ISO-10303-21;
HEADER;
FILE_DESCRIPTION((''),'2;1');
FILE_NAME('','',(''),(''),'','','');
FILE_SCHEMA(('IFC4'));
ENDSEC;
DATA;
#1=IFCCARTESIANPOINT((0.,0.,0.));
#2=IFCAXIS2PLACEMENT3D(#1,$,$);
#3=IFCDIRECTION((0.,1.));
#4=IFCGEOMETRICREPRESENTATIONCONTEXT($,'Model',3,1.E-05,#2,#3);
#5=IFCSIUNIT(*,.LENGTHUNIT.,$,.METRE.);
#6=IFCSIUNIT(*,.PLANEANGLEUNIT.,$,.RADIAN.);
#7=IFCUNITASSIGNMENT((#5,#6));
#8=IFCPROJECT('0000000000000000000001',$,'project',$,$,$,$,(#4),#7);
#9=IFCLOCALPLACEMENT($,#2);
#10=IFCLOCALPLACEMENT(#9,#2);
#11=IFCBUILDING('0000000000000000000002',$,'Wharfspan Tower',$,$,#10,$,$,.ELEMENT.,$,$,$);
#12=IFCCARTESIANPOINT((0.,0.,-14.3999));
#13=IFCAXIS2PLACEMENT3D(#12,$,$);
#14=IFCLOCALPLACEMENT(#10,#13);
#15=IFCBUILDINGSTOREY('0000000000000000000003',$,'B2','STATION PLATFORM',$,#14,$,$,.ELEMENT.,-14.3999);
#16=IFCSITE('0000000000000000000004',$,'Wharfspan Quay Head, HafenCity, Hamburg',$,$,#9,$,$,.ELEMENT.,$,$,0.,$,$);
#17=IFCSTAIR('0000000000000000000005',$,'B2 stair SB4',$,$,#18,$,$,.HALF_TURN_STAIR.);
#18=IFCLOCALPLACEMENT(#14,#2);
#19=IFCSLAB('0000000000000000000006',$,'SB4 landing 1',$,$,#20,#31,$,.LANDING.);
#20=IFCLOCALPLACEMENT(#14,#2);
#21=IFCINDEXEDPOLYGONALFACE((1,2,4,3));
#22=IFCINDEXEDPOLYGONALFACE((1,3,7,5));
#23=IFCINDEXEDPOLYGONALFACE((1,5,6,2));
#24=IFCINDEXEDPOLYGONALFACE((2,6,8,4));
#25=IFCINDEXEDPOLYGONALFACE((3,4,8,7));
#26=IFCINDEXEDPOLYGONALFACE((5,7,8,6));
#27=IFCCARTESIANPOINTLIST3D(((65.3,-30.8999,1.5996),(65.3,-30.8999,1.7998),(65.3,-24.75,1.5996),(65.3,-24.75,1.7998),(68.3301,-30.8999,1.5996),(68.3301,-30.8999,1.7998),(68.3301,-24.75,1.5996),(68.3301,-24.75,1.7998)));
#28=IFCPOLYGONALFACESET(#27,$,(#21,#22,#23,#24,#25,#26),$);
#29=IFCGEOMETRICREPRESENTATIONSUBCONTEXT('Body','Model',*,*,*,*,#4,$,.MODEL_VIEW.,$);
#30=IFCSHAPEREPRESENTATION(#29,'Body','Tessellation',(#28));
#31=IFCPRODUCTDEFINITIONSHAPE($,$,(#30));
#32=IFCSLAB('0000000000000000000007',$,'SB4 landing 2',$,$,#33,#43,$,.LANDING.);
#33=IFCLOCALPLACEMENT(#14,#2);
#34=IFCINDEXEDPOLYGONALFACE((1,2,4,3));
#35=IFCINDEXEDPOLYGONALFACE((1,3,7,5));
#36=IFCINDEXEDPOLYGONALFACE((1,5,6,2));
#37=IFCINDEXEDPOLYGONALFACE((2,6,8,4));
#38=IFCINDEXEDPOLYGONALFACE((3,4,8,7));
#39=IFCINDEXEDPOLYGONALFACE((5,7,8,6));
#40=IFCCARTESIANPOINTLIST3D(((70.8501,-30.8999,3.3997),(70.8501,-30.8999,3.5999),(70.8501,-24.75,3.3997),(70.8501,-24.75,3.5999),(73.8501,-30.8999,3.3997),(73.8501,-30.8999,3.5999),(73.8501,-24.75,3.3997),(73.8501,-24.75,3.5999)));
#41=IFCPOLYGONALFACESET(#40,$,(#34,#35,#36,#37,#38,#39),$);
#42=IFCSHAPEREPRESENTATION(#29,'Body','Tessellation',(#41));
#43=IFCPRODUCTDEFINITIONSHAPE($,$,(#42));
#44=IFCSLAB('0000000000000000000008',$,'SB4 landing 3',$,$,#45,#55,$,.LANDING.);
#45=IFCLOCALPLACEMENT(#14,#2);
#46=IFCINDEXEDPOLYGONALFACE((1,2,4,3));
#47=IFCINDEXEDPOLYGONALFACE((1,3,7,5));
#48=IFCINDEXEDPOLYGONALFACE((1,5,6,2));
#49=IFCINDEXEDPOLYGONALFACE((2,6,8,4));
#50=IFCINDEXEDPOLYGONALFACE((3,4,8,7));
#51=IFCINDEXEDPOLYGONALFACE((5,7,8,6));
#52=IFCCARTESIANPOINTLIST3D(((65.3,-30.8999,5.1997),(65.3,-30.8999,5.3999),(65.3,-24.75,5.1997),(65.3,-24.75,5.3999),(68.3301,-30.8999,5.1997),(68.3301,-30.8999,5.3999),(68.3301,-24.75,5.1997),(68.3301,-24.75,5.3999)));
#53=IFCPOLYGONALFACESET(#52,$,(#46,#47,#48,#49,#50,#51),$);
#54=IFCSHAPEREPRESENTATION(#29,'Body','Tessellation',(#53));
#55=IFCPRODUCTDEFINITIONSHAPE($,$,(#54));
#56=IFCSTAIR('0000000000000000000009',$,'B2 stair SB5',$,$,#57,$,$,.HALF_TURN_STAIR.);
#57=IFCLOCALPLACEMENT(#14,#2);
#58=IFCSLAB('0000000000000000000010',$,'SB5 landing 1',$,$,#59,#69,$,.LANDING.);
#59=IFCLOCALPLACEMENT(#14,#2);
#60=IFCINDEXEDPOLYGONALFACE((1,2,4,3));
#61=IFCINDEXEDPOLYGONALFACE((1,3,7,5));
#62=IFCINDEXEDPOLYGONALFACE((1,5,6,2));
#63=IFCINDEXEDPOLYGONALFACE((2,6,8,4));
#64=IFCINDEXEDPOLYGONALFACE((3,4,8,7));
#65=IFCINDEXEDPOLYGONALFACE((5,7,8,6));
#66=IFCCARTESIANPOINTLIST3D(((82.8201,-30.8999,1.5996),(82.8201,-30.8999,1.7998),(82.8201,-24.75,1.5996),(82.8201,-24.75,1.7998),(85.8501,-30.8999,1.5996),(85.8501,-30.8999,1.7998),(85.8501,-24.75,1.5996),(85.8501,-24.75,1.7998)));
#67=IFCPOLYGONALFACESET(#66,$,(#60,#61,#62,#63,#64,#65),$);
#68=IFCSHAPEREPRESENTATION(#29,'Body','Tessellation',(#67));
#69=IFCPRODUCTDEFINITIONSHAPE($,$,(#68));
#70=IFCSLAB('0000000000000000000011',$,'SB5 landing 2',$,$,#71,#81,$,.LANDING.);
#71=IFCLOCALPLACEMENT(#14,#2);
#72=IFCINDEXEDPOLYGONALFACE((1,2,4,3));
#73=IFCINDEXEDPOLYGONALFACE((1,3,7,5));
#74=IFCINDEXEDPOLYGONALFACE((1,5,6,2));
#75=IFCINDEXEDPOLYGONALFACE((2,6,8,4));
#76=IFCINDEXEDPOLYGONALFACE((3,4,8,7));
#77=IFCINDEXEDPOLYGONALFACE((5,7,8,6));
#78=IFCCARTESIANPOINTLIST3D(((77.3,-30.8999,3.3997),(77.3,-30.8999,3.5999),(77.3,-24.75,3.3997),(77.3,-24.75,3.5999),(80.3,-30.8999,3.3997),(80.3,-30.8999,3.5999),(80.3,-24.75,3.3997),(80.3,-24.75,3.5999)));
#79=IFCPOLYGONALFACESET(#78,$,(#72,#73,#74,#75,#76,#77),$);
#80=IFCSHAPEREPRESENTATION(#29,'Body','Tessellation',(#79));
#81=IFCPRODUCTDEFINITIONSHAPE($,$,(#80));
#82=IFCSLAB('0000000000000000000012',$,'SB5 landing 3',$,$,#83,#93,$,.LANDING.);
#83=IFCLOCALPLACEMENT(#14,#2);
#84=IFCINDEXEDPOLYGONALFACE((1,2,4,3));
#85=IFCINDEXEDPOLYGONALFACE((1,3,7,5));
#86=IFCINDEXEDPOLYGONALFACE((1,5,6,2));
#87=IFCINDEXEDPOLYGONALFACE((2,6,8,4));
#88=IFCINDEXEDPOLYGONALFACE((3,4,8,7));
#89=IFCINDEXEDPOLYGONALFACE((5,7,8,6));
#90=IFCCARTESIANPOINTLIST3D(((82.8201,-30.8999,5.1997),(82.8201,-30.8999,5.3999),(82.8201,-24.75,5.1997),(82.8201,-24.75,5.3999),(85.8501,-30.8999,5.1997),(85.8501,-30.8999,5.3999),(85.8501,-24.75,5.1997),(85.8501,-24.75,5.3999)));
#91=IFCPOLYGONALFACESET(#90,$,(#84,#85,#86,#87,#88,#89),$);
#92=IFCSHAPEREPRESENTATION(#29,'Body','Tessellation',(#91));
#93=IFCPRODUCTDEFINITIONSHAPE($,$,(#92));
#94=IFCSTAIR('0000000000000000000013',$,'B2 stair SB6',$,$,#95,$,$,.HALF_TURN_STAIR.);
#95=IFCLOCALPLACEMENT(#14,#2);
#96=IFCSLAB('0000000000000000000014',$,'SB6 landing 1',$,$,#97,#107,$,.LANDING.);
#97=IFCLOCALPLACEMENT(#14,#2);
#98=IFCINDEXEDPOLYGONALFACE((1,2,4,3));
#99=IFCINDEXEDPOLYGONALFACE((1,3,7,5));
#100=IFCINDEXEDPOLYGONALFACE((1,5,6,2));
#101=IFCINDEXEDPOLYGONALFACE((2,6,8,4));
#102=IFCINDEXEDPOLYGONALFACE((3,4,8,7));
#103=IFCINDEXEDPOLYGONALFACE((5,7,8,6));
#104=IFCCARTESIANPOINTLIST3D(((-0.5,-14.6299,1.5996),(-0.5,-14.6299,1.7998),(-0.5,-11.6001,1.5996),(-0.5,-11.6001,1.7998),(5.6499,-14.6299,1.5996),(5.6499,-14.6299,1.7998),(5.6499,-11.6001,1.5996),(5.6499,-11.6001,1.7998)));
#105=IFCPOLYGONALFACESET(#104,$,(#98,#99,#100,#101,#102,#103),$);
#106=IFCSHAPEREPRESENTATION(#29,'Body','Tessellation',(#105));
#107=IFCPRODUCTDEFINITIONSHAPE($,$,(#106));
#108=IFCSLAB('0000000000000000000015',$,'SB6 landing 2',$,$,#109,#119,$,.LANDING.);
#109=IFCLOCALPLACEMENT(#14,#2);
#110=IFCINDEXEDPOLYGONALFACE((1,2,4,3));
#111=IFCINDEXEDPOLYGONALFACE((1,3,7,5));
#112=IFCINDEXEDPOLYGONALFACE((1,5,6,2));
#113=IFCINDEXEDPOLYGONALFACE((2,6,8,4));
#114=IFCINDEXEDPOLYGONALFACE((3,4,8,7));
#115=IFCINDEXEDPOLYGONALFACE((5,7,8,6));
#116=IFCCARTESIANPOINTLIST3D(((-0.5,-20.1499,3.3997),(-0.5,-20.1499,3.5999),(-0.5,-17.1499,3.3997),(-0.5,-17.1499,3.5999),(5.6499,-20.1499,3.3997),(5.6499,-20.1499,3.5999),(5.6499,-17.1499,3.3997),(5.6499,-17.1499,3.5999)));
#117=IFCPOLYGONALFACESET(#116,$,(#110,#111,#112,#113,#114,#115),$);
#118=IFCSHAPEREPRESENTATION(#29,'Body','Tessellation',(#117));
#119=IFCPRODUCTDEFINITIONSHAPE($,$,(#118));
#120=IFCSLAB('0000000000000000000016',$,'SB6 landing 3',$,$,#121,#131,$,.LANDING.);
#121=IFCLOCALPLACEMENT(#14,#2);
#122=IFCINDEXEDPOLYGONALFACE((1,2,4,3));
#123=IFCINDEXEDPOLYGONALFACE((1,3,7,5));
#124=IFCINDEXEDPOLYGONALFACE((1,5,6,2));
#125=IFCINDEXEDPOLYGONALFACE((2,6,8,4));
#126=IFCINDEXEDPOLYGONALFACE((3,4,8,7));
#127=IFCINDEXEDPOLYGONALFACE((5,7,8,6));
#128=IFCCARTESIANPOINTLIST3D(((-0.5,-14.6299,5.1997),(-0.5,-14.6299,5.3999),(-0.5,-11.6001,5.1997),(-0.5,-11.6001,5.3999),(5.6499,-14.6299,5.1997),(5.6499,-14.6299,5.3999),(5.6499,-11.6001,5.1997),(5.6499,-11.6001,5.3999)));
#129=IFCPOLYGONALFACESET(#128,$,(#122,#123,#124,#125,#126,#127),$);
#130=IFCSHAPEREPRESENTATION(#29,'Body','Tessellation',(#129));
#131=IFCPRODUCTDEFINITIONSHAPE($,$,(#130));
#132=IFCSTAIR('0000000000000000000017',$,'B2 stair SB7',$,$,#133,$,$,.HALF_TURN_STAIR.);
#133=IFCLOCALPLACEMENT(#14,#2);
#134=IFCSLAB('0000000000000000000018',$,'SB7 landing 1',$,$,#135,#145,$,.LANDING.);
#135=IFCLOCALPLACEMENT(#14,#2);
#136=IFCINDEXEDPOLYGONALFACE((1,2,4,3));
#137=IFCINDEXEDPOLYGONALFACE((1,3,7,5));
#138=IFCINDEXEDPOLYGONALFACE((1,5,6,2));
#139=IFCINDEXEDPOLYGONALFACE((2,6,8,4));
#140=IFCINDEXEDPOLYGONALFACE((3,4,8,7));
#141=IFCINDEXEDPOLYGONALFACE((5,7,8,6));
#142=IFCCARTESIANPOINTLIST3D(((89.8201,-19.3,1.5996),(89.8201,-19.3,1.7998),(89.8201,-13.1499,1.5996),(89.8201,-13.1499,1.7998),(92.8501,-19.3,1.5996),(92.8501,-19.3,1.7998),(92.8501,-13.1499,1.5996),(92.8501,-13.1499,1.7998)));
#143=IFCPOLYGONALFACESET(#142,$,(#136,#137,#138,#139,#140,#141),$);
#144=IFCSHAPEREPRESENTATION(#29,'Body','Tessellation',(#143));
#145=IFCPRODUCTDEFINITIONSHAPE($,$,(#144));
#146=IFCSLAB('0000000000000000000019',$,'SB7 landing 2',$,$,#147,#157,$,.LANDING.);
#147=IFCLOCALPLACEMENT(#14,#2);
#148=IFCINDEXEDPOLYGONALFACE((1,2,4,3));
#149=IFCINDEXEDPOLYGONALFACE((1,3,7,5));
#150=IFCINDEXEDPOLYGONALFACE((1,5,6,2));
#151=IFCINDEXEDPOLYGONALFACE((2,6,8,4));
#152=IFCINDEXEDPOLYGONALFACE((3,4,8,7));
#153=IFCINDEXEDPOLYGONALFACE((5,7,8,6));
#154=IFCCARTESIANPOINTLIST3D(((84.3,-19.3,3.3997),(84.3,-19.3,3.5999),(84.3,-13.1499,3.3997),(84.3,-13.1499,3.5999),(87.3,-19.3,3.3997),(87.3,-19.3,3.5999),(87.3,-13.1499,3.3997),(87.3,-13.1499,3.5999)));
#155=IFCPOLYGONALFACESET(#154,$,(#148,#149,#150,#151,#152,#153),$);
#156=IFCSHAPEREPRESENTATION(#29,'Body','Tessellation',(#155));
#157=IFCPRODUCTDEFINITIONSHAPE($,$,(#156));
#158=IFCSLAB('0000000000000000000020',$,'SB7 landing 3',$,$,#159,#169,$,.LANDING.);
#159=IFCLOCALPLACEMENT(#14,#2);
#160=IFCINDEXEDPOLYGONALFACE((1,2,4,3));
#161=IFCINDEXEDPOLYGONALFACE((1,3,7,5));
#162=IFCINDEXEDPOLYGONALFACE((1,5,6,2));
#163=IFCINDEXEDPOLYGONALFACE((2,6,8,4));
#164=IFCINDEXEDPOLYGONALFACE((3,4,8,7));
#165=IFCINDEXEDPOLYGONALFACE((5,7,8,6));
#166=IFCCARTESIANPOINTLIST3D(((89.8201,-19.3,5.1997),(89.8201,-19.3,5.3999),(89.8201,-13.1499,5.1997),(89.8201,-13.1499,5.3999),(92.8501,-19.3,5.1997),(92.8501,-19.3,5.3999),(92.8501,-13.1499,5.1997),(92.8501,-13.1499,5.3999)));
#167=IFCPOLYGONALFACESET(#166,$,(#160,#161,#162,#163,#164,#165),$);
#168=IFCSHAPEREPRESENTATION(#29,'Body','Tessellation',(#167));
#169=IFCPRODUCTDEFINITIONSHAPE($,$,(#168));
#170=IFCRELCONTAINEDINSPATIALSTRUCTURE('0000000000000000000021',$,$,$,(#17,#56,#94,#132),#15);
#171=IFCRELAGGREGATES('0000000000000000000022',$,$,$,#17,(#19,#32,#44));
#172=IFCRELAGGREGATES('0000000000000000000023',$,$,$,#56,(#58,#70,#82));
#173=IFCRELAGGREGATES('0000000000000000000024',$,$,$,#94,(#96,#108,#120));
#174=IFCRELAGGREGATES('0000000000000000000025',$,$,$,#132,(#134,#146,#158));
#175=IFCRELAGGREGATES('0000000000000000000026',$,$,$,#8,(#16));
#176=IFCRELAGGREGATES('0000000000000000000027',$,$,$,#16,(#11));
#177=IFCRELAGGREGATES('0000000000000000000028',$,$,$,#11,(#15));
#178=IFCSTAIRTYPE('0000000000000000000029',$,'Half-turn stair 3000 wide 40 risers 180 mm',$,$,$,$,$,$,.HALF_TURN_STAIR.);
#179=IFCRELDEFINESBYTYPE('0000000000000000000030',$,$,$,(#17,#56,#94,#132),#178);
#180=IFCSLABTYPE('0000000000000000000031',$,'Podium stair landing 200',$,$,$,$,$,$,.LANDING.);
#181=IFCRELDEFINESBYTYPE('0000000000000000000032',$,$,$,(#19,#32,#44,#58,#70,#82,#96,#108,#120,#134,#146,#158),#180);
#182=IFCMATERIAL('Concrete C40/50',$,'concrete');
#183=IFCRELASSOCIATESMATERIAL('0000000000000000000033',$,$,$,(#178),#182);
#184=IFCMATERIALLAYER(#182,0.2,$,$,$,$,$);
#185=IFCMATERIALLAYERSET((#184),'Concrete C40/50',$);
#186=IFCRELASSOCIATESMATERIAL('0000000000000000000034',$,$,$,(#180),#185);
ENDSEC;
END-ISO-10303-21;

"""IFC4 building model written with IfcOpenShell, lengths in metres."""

from ifc_helpers import new_model, si_unit, direction, frame, origin, place, context, subcontext, project, spatial, polyline, outline, extrude, material, layer, layer_set, type_object, element, aggregate, save


model = new_model("IFC4")

# Units and contexts
model_context = context("Model", 3, precision=1e-05, world=origin(), true_north=direction((0.0, 1.0)))
body_context = subcontext(model_context, "Body", "Model", "MODEL_VIEW")
ifc_project = project(units=[si_unit("LENGTHUNIT", "METRE"), si_unit("PLANEANGLEUNIT", "RADIAN")], contexts=[model_context])

# Site, building, storey
site_placement = place(None, origin())
site = spatial("IfcSite", under=ifc_project, at=site_placement, Name="Wharfspan Quay Head, HafenCity, Hamburg", CompositionType="ELEMENT", RefElevation=0.0)
building_placement = place(site_placement, origin())
building = spatial("IfcBuilding", under=site, at=building_placement, Name="Wharfspan Tower", CompositionType="ELEMENT")
storey_placement = place(building_placement, frame((0.0, 0.0, -14.3999)))
storey = spatial("IfcBuildingStorey", under=building, at=storey_placement, Name="B2", Description="STATION PLATFORM", CompositionType="ELEMENT", Elevation=-14.3999)

# Stairs, slabs
ifc_material_1 = material(Name="Concrete C40/50", Category="concrete")
stair_type = type_object("IfcStairType", Name="Half-turn stair 3000 wide 40 risers 180 mm", PredefinedType="HALF_TURN_STAIR", material=ifc_material_1)
ifc_layer_1 = layer(ifc_material_1, 0.2)
ifc_layer_set_1 = layer_set([ifc_layer_1], Name="Concrete C40/50")
slab_type_1 = type_object("IfcSlabType", Name="Podium stair landing 200", PredefinedType="LANDING", material=ifc_layer_set_1)
stair_1_placement = place(storey_placement, origin())
stair_1 = element("IfcStair", 1, at=stair_1_placement, inside=storey, type_object=stair_type, Name="B2 stair SB4", PredefinedType="HALF_TURN_STAIR")
slab_1_placement = place(storey_placement, frame((0.0, 0.0, 1.5996)))
slab_1 = element("IfcSlab", 2, at=slab_1_placement, type_object=slab_type_1, Name="SB4 landing 1", PredefinedType="LANDING", context=body_context, shape_type="SweptSolid", body=[
    extrude(outline(polyline([(68.3301, -24.75), (65.3, -24.75), (65.3, -30.8999), (68.3301, -30.8999), (68.3301, -24.75)])), origin(), (0.0, 0.0, 1.0), 0.2002),
])
slab_2_placement = place(storey_placement, frame((0.0, 0.0, 3.3997)))
slab_2 = element("IfcSlab", 3, at=slab_2_placement, type_object=slab_type_1, Name="SB4 landing 2", PredefinedType="LANDING", context=body_context, shape_type="SweptSolid", body=[
    extrude(outline(polyline([(73.8501, -24.75), (70.8501, -24.75), (70.8501, -30.8999), (73.8501, -30.8999), (73.8501, -24.75)])), origin(), (0.0, 0.0, 1.0), 0.2002),
])
slab_3_placement = place(storey_placement, frame((0.0, 0.0, 5.1997)))
slab_3 = element("IfcSlab", 4, at=slab_3_placement, type_object=slab_type_1, Name="SB4 landing 3", PredefinedType="LANDING", context=body_context, shape_type="SweptSolid", body=[
    extrude(outline(polyline([(68.3301, -24.75), (65.3, -24.75), (65.3, -30.8999), (68.3301, -30.8999), (68.3301, -24.75)])), origin(), (0.0, 0.0, 1.0), 0.2002),
])
aggregate(stair_1, [slab_1, slab_2, slab_3])
stair_2_placement = place(storey_placement, origin())
stair_2 = element("IfcStair", 5, at=stair_2_placement, inside=storey, type_object=stair_type, Name="B2 stair SB5", PredefinedType="HALF_TURN_STAIR")
slab_4_placement = place(storey_placement, frame((0.0, 0.0, 1.5996)))
slab_4 = element("IfcSlab", 6, at=slab_4_placement, type_object=slab_type_1, Name="SB5 landing 1", PredefinedType="LANDING", context=body_context, shape_type="SweptSolid", body=[
    extrude(outline(polyline([(82.8201, -30.8999), (85.8501, -30.8999), (85.8501, -24.75), (82.8201, -24.75), (82.8201, -30.8999)])), origin(), (0.0, 0.0, 1.0), 0.2002),
])
slab_5_placement = place(storey_placement, frame((0.0, 0.0, 3.3997)))
slab_5 = element("IfcSlab", 7, at=slab_5_placement, type_object=slab_type_1, Name="SB5 landing 2", PredefinedType="LANDING", context=body_context, shape_type="SweptSolid", body=[
    extrude(outline(polyline([(77.3, -30.8999), (80.3, -30.8999), (80.3, -24.75), (77.3, -24.75), (77.3, -30.8999)])), origin(), (0.0, 0.0, 1.0), 0.2002),
])
slab_6_placement = place(storey_placement, frame((0.0, 0.0, 5.1997)))
slab_6 = element("IfcSlab", 8, at=slab_6_placement, type_object=slab_type_1, Name="SB5 landing 3", PredefinedType="LANDING", context=body_context, shape_type="SweptSolid", body=[
    extrude(outline(polyline([(82.8201, -30.8999), (85.8501, -30.8999), (85.8501, -24.75), (82.8201, -24.75), (82.8201, -30.8999)])), origin(), (0.0, 0.0, 1.0), 0.2002),
])
aggregate(stair_2, [slab_4, slab_5, slab_6])
stair_3_placement = place(storey_placement, origin())
stair_3 = element("IfcStair", 9, at=stair_3_placement, inside=storey, type_object=stair_type, Name="B2 stair SB6", PredefinedType="HALF_TURN_STAIR")
slab_7_placement = place(storey_placement, frame((0.0, 0.0, 1.5996)))
slab_7 = element("IfcSlab", 10, at=slab_7_placement, type_object=slab_type_1, Name="SB6 landing 1", PredefinedType="LANDING", context=body_context, shape_type="SweptSolid", body=[
    extrude(outline(polyline([(5.6499, -14.6299), (5.6499, -11.6001), (-0.5, -11.6001), (-0.5, -14.6299), (5.6499, -14.6299)])), origin(), (0.0, 0.0, 1.0), 0.2002),
])
slab_8_placement = place(storey_placement, frame((0.0, 0.0, 3.3997)))
slab_8 = element("IfcSlab", 11, at=slab_8_placement, type_object=slab_type_1, Name="SB6 landing 2", PredefinedType="LANDING", context=body_context, shape_type="SweptSolid", body=[
    extrude(outline(polyline([(5.6499, -20.1499), (5.6499, -17.1499), (-0.5, -17.1499), (-0.5, -20.1499), (5.6499, -20.1499)])), origin(), (0.0, 0.0, 1.0), 0.2002),
])
slab_9_placement = place(storey_placement, frame((0.0, 0.0, 5.1997)))
slab_9 = element("IfcSlab", 12, at=slab_9_placement, type_object=slab_type_1, Name="SB6 landing 3", PredefinedType="LANDING", context=body_context, shape_type="SweptSolid", body=[
    extrude(outline(polyline([(5.6499, -14.6299), (5.6499, -11.6001), (-0.5, -11.6001), (-0.5, -14.6299), (5.6499, -14.6299)])), origin(), (0.0, 0.0, 1.0), 0.2002),
])
aggregate(stair_3, [slab_7, slab_8, slab_9])
stair_4_placement = place(storey_placement, origin())
stair_4 = element("IfcStair", 13, at=stair_4_placement, inside=storey, type_object=stair_type, Name="B2 stair SB7", PredefinedType="HALF_TURN_STAIR")
slab_10_placement = place(storey_placement, frame((0.0, 0.0, 1.5996)))
slab_10 = element("IfcSlab", 14, at=slab_10_placement, type_object=slab_type_1, Name="SB7 landing 1", PredefinedType="LANDING", context=body_context, shape_type="SweptSolid", body=[
    extrude(outline(polyline([(89.8201, -19.3), (92.8501, -19.3), (92.8501, -13.1499), (89.8201, -13.1499), (89.8201, -19.3)])), origin(), (0.0, 0.0, 1.0), 0.2002),
])
slab_11_placement = place(storey_placement, frame((0.0, 0.0, 3.3997)))
slab_11 = element("IfcSlab", 15, at=slab_11_placement, type_object=slab_type_1, Name="SB7 landing 2", PredefinedType="LANDING", context=body_context, shape_type="SweptSolid", body=[
    extrude(outline(polyline([(84.3, -19.3), (87.3, -19.3), (87.3, -13.1499), (84.3, -13.1499), (84.3, -19.3)])), origin(), (0.0, 0.0, 1.0), 0.2002),
])
slab_12_placement = place(storey_placement, frame((0.0, 0.0, 5.1997)))
slab_12 = element("IfcSlab", 16, at=slab_12_placement, type_object=slab_type_1, Name="SB7 landing 3", PredefinedType="LANDING", context=body_context, shape_type="SweptSolid", body=[
    extrude(outline(polyline([(89.8201, -19.3), (92.8501, -19.3), (92.8501, -13.1499), (89.8201, -13.1499), (89.8201, -19.3)])), origin(), (0.0, 0.0, 1.0), 0.2002),
])
aggregate(stair_4, [slab_10, slab_11, slab_12])

save(model, "model.ifc")
